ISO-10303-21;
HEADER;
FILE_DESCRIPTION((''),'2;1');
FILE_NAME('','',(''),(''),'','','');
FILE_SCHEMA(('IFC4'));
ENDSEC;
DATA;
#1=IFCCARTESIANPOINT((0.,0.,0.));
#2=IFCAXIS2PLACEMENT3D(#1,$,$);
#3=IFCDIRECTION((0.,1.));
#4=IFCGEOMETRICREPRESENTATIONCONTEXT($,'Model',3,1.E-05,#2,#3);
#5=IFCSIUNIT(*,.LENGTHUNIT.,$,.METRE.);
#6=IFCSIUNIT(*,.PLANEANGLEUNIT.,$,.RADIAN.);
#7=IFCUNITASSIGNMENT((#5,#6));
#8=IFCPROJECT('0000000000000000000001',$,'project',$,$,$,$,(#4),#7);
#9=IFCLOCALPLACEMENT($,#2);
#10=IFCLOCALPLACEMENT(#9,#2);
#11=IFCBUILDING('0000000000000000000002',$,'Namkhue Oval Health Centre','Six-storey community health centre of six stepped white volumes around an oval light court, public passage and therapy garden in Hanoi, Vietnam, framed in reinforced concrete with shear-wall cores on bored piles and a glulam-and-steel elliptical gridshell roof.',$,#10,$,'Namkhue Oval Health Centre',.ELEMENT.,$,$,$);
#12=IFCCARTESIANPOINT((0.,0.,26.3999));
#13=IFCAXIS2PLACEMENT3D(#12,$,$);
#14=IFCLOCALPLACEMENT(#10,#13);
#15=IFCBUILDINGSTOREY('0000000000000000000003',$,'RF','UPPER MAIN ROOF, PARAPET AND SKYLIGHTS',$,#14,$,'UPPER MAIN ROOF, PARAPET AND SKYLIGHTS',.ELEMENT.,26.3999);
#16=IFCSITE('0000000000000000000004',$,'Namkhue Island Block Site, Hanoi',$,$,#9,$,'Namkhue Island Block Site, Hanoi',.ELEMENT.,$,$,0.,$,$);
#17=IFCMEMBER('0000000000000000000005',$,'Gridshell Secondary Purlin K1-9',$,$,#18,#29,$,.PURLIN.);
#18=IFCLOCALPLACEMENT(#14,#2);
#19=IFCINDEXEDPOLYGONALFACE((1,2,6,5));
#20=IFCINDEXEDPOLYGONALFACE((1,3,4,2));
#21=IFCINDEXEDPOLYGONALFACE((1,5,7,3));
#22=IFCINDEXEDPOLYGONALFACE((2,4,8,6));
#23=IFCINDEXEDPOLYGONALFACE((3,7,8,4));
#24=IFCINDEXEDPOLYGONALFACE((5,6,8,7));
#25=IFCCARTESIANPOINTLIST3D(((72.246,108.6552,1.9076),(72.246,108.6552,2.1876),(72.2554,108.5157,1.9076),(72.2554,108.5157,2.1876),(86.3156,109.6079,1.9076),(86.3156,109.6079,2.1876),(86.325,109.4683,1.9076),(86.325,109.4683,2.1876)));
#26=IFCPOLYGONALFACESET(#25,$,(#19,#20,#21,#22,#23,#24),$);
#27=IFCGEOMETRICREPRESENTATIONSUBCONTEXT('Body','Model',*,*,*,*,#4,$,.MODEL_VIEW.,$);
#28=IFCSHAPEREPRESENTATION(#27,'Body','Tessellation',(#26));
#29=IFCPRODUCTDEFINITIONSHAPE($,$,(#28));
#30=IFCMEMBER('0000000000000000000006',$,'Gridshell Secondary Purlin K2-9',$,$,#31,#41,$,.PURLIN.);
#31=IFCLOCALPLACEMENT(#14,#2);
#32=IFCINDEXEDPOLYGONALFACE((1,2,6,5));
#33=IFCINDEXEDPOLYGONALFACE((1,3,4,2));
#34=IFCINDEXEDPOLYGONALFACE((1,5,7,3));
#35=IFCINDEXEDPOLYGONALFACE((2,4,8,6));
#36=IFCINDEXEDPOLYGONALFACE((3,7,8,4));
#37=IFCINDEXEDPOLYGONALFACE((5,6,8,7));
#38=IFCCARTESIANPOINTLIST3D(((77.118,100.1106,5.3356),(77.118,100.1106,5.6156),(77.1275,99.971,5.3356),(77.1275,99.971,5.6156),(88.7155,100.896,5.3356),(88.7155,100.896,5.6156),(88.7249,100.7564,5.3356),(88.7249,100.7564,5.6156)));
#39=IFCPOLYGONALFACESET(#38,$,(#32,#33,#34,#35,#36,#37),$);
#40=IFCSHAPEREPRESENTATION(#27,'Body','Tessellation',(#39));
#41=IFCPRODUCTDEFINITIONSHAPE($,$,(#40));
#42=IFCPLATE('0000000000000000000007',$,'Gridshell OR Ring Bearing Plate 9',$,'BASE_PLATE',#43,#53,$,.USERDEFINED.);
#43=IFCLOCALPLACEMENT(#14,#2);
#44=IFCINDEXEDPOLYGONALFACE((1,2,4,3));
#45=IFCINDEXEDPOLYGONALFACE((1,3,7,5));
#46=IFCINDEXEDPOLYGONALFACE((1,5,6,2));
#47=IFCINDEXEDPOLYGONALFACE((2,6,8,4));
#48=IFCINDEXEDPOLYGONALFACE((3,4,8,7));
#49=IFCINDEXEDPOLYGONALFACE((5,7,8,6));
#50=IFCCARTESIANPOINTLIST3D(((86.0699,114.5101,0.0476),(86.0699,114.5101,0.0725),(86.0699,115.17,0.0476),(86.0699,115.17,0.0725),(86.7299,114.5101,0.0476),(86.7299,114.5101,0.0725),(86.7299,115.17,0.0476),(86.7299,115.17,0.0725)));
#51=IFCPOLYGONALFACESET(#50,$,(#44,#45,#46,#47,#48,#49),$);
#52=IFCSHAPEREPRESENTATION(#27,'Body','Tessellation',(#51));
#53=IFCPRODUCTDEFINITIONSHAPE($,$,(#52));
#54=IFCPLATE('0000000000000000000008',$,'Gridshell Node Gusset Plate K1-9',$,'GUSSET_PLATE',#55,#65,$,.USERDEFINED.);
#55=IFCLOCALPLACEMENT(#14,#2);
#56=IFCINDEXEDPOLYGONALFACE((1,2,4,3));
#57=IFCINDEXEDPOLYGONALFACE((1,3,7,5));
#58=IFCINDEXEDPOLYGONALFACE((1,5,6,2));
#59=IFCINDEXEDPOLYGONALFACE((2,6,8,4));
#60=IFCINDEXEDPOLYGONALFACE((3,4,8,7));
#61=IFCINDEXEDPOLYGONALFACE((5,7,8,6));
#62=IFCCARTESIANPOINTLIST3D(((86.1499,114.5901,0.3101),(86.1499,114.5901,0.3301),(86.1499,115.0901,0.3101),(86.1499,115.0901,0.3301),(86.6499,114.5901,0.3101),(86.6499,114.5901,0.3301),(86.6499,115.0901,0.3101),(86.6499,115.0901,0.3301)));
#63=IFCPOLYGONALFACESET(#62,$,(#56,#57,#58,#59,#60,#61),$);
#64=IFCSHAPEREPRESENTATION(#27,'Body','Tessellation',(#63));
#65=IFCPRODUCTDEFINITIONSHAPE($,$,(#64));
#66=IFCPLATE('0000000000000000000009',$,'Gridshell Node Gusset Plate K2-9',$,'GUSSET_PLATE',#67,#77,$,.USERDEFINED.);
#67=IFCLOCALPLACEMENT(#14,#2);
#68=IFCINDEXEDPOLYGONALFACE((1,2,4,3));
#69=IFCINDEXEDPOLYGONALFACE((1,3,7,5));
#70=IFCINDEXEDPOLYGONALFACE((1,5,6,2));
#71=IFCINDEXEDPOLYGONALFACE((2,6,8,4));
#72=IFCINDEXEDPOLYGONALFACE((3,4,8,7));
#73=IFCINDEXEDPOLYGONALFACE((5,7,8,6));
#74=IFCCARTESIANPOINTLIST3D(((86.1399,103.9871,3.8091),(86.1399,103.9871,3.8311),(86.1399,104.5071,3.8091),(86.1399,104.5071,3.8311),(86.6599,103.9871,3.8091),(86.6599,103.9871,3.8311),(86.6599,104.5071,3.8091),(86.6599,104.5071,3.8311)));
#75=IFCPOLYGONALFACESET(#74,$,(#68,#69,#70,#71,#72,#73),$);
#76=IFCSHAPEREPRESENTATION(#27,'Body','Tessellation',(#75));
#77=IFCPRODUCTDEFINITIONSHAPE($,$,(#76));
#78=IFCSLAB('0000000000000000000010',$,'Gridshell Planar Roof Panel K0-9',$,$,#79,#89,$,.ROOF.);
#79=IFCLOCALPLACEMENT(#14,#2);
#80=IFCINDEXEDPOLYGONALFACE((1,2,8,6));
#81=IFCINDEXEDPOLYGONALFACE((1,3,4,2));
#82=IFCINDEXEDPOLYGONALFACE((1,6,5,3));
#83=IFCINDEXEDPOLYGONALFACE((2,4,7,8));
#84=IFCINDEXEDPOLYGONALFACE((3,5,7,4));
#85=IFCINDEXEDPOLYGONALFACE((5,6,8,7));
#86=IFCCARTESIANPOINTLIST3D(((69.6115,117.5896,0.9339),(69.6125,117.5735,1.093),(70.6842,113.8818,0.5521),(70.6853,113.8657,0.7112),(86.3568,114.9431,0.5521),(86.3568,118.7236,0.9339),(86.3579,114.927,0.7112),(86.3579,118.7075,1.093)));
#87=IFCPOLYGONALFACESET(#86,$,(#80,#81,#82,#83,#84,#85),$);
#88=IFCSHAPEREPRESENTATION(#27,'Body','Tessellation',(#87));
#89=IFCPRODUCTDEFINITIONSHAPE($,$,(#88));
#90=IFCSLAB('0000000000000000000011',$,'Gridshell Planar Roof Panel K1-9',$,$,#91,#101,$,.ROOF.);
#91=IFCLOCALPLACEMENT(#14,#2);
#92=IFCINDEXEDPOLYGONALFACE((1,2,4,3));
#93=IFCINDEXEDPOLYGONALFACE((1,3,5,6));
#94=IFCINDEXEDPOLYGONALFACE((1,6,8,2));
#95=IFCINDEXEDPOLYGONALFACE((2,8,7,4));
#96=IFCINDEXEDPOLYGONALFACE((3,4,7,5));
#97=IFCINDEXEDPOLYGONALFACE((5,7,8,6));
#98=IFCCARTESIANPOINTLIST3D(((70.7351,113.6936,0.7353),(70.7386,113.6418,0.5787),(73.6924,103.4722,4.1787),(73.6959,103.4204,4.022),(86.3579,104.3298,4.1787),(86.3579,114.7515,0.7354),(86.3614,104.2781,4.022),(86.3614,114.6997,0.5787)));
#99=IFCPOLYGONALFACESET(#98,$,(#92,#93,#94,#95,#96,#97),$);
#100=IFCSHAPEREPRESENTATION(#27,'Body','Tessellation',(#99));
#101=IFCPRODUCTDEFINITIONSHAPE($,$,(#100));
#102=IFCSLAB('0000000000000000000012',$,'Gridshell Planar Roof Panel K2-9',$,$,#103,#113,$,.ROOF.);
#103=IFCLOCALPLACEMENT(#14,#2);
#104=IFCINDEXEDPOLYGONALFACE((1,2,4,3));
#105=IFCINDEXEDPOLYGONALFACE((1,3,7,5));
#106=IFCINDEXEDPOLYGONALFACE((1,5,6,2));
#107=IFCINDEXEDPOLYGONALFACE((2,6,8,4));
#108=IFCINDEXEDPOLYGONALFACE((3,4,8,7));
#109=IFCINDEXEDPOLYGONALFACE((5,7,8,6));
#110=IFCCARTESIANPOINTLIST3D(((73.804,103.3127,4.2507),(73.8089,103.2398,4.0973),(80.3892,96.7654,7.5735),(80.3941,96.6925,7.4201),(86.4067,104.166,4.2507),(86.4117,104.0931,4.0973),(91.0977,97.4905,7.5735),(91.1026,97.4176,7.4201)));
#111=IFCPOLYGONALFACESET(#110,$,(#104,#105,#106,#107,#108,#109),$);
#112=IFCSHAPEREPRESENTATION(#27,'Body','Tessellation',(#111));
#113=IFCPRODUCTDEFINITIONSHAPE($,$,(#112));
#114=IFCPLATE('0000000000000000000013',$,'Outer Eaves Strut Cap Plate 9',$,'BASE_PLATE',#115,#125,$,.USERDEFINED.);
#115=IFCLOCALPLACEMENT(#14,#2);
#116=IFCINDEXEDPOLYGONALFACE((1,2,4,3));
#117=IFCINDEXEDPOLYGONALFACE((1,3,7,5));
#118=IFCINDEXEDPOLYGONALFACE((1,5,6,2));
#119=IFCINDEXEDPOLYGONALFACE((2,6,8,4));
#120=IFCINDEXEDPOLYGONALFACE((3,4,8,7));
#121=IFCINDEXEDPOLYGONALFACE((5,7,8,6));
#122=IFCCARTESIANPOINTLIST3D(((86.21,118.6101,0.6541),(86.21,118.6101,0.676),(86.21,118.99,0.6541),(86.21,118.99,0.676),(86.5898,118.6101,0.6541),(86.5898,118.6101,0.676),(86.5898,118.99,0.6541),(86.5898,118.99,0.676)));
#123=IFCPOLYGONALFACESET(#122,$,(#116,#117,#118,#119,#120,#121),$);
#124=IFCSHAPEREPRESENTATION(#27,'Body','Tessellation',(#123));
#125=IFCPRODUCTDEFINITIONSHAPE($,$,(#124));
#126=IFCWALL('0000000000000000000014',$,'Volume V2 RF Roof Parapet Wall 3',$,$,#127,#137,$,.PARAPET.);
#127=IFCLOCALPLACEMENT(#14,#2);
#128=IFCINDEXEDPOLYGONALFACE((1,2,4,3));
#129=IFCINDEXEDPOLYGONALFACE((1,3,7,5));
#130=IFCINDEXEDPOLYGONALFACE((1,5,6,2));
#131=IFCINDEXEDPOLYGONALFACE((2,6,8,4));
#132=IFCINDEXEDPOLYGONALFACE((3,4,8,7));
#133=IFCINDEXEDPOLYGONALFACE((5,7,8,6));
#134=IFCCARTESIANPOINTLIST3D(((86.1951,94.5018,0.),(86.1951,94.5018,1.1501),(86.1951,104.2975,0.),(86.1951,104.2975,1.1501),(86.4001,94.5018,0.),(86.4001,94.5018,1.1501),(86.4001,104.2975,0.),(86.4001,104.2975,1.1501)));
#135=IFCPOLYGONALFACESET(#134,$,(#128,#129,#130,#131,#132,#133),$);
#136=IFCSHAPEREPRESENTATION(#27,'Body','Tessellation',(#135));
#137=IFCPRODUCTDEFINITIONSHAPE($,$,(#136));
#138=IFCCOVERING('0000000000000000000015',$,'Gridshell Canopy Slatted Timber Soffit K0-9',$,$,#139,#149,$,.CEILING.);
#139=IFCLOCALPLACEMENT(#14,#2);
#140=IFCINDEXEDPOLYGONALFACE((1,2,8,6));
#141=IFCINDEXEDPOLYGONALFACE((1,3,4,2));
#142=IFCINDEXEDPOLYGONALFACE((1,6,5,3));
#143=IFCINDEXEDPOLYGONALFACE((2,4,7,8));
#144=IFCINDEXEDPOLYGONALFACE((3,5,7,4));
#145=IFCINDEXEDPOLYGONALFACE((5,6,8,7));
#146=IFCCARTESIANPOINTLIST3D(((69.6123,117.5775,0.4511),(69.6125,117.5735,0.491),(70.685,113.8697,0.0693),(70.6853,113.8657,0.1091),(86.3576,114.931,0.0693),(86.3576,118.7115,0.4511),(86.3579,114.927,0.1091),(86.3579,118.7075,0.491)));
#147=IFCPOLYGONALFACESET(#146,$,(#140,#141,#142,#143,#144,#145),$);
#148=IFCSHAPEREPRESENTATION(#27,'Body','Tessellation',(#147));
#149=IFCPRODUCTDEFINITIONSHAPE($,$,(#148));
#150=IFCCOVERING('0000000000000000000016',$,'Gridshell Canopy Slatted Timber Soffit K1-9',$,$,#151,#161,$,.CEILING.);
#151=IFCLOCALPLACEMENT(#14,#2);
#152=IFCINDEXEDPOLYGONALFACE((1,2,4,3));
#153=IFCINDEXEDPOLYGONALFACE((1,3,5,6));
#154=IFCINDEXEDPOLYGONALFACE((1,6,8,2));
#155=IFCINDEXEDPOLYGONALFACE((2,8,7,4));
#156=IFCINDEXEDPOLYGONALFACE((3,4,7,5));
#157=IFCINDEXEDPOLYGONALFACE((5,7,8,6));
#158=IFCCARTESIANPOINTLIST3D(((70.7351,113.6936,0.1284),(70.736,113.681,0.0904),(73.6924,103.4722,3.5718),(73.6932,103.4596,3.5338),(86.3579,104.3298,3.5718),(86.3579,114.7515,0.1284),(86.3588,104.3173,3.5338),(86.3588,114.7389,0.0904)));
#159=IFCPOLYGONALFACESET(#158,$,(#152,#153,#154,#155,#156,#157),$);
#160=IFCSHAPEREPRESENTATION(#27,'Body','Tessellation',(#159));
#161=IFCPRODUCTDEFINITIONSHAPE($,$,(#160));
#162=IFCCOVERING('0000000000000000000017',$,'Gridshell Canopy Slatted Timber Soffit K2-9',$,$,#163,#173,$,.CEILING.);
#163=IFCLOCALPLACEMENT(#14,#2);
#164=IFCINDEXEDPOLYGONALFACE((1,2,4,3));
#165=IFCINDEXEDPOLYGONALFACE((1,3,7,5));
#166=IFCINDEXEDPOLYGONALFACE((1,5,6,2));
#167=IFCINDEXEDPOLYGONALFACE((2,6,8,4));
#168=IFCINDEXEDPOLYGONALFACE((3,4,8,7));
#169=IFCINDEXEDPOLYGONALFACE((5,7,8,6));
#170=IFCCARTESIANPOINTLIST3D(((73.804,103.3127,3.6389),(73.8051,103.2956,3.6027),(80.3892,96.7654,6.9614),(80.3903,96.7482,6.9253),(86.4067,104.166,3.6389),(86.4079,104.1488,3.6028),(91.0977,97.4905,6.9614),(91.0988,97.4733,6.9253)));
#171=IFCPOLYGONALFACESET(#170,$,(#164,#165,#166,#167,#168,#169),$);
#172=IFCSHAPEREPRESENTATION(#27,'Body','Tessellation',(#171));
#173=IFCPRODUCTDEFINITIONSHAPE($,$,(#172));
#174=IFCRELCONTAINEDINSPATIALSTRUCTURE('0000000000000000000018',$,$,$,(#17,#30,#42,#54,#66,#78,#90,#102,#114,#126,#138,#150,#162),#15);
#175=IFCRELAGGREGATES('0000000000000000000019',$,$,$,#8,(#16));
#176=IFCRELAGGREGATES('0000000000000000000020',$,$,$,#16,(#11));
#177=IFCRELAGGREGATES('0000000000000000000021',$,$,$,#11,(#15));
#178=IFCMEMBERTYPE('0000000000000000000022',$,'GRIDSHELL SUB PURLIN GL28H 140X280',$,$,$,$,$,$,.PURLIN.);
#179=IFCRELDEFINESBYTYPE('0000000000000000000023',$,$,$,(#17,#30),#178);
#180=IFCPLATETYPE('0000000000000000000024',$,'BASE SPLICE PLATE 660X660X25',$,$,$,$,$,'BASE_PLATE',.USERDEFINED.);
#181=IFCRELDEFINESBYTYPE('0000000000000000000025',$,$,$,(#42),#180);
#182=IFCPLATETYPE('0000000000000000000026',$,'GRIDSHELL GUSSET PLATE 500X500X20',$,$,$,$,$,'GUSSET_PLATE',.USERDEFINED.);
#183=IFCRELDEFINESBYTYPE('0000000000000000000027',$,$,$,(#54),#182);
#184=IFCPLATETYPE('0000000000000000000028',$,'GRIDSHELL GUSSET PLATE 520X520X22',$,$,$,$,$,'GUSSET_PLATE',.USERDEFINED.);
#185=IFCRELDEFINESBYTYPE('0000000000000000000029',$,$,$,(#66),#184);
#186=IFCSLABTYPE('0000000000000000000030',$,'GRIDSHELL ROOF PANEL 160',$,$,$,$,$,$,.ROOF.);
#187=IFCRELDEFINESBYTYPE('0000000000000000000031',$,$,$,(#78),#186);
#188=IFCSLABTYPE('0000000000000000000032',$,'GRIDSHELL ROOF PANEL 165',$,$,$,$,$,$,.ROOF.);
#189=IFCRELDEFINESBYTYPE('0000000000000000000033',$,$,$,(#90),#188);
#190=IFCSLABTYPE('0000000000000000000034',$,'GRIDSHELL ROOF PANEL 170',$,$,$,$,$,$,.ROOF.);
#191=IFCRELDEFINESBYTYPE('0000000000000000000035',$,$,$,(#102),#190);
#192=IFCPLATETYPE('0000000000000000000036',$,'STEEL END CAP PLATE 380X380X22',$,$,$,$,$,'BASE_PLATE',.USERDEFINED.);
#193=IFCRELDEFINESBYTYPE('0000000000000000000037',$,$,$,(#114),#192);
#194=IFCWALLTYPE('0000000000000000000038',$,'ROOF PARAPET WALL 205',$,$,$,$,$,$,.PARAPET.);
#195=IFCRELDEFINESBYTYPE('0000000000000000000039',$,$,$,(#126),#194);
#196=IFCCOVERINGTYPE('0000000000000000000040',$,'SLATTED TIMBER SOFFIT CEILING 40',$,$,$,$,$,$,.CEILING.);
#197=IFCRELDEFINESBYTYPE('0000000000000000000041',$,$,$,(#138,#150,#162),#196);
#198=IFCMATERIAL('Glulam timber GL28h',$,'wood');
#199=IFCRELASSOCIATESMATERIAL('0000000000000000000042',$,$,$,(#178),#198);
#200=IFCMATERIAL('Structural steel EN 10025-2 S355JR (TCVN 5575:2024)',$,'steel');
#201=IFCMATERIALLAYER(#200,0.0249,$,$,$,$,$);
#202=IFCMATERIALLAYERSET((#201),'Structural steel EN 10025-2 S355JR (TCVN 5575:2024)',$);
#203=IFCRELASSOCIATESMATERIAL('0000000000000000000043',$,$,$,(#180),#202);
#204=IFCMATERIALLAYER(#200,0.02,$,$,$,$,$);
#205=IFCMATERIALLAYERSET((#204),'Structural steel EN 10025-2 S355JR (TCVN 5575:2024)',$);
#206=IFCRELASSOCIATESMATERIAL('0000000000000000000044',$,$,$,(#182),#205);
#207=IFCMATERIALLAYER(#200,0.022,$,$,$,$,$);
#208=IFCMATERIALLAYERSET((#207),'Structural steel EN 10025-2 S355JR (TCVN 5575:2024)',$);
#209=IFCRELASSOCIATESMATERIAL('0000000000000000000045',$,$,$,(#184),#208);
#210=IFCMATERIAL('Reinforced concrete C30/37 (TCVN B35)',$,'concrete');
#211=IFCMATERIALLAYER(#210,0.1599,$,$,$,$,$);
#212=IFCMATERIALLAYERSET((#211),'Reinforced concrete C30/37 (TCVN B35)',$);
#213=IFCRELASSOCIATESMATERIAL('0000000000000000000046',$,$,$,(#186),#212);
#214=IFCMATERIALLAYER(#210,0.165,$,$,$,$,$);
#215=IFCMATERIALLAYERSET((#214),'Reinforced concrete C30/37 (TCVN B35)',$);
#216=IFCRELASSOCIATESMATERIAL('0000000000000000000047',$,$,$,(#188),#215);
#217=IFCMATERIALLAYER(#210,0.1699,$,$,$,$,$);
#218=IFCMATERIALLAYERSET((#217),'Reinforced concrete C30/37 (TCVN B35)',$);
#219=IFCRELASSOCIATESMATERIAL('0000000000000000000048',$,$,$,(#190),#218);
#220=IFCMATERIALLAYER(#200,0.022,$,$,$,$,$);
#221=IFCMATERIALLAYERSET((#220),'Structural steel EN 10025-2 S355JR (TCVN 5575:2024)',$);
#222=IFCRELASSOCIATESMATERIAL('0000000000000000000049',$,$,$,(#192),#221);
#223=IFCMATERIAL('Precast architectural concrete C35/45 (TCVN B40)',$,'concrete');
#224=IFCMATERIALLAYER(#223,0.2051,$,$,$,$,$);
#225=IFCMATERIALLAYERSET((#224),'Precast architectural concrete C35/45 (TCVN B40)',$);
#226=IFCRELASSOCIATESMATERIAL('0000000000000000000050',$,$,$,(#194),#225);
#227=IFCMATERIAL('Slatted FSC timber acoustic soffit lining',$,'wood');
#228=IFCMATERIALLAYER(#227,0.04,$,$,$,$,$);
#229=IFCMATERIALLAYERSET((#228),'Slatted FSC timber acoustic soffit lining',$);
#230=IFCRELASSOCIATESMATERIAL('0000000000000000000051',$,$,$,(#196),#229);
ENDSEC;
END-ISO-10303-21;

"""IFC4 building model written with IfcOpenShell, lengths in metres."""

from ifc_helpers import new_model, si_unit, direction, frame, frame_2d, origin, origin_2d, place, context, subcontext, project, spatial, polyline, rectangle, outline, extrude, material, layer, layer_set, material_profile, profile_set, type_object, element, save


model = new_model("IFC4")

# Units and contexts
model_context = context("Model", 3, precision=1e-05, world=origin(), true_north=direction((0.0, 1.0)))
body_context = subcontext(model_context, "Body", "Model", "MODEL_VIEW")
ifc_project = project(units=[si_unit("LENGTHUNIT", "METRE"), si_unit("PLANEANGLEUNIT", "RADIAN")], contexts=[model_context])

# Site, building, storey
site_placement = place(None, origin())
site = spatial("IfcSite", under=ifc_project, at=site_placement, Name="Namkhue Island Block Site, Hanoi", LongName="Namkhue Island Block Site, Hanoi", CompositionType="ELEMENT", RefElevation=0.0)
building_placement = place(site_placement, origin())
building = spatial("IfcBuilding", under=site, at=building_placement, Name="Namkhue Oval Health Centre", Description="Six-storey community health centre of six stepped white volumes around an oval light court, public passage and therapy garden in Hanoi, Vietnam, framed in reinforced concrete with shear-wall cores on bored piles and a glulam-and-steel elliptical gridshell roof.", LongName="Namkhue Oval Health Centre", CompositionType="ELEMENT")
storey_placement = place(building_placement, frame((0.0, 0.0, 26.3999)))
storey = spatial("IfcBuildingStorey", under=building, at=storey_placement, Name="RF", Description="UPPER MAIN ROOF, PARAPET AND SKYLIGHTS", LongName="UPPER MAIN ROOF, PARAPET AND SKYLIGHTS", CompositionType="ELEMENT", Elevation=26.3999)

# Shared definitions
ifc_material_1 = material(Name="Precast architectural concrete C35/45 (TCVN B40)", Category="concrete")

# Members
ifc_material_2 = material(Name="Structural steel EN 10025-2 S355JR (TCVN 5575:2024)", Category="steel")
ifc_material_3 = material(Name="Glulam timber GL28h", Category="wood")
ifc_material_profile_1 = material_profile(ifc_material_3, rectangle(XDim=0.1399, YDim=0.28, at=origin_2d()), Name="GL28h 140x280")
ifc_profile_set_1 = profile_set([ifc_material_profile_1], Name="Glulam timber GL28h")
member_type_1 = type_object("IfcMemberType", Name="GRIDSHELL SUB PURLIN GL28H 140X280", PredefinedType="PURLIN", material=ifc_profile_set_1)
member_1_placement = place(storey_placement, frame((86.3203, 109.5381, 2.0476), z_axis=(-0.997716, -0.067554, 0.0), x_axis=(0.067554, -0.997716, 0.0)))
element("IfcMember", 1, at=member_1_placement, inside=storey, type_object=member_type_1, Name="Gridshell Secondary Purlin K1-9", PredefinedType="PURLIN", context=body_context, shape_type="SweptSolid", body=[
    extrude(rectangle(XDim=0.1399, YDim=0.28, at=origin_2d()), origin(), (0.0, 0.0, 1.0), 14.1018),
])
member_2_placement = place(storey_placement, frame((88.7202, 100.8262, 5.4756), z_axis=(-0.997715, -0.067567, 0.0), x_axis=(0.067567, -0.997715, 0.0)))
element("IfcMember", 2, at=member_2_placement, inside=storey, type_object=member_type_1, Name="Gridshell Secondary Purlin K2-9", PredefinedType="PURLIN", context=body_context, shape_type="SweptSolid", body=[
    extrude(rectangle(XDim=0.1399, YDim=0.28, at=origin_2d()), origin(), (0.0, 0.0, 1.0), 11.624),
])

# Plates
ifc_layer_1 = layer(ifc_material_2, 0.0249)
ifc_layer_set_1 = layer_set([ifc_layer_1], Name="Structural steel EN 10025-2 S355JR (TCVN 5575:2024)")
plate_type_1 = type_object("IfcPlateType", Name="BASE SPLICE PLATE 660X660X25", ElementType="BASE_PLATE", PredefinedType="USERDEFINED", material=ifc_layer_set_1)
plate_1_placement = place(storey_placement, frame((86.3999, 114.8401, 0.0476), z_axis=(0.0, 0.0, 1.0), x_axis=(1.0, 0.0, 0.0)))
element("IfcPlate", 3, at=plate_1_placement, inside=storey, type_object=plate_type_1, Name="Gridshell OR Ring Bearing Plate 9", ObjectType="BASE_PLATE", PredefinedType="USERDEFINED", context=body_context, shape_type="SweptSolid", body=[
    extrude(rectangle(XDim=0.6599, YDim=0.6599, at=origin_2d()), origin(), (0.0, 0.0, 1.0), 0.0249),
])
ifc_layer_2 = layer(ifc_material_2, 0.02)
ifc_layer_set_2 = layer_set([ifc_layer_2], Name="Structural steel EN 10025-2 S355JR (TCVN 5575:2024)")
plate_type_2 = type_object("IfcPlateType", Name="GRIDSHELL GUSSET PLATE 500X500X20", ElementType="GUSSET_PLATE", PredefinedType="USERDEFINED", material=ifc_layer_set_2)
plate_2_placement = place(storey_placement, frame((86.3999, 114.8401, 0.3101), z_axis=(0.0, 0.0, 1.0), x_axis=(0.0, 1.0, 0.0)))
element("IfcPlate", 4, at=plate_2_placement, inside=storey, type_object=plate_type_2, Name="Gridshell Node Gusset Plate K1-9", ObjectType="GUSSET_PLATE", PredefinedType="USERDEFINED", context=body_context, shape_type="SweptSolid", body=[
    extrude(rectangle(XDim=0.5, YDim=0.5, at=origin_2d()), origin(), (0.0, 0.0, 1.0), 0.02),
])
ifc_layer_3 = layer(ifc_material_2, 0.022)
ifc_layer_set_3 = layer_set([ifc_layer_3], Name="Structural steel EN 10025-2 S355JR (TCVN 5575:2024)")
plate_type_3 = type_object("IfcPlateType", Name="GRIDSHELL GUSSET PLATE 520X520X22", ElementType="GUSSET_PLATE", PredefinedType="USERDEFINED", material=ifc_layer_set_3)
plate_3_placement = place(storey_placement, frame((86.3999, 104.2471, 3.8091), z_axis=(0.0, 0.0, 1.0), x_axis=(0.0, 1.0, 0.0)))
element("IfcPlate", 5, at=plate_3_placement, inside=storey, type_object=plate_type_3, Name="Gridshell Node Gusset Plate K2-9", ObjectType="GUSSET_PLATE", PredefinedType="USERDEFINED", context=body_context, shape_type="SweptSolid", body=[
    extrude(rectangle(XDim=0.52, YDim=0.52, at=origin_2d()), origin(), (0.0, 0.0, 1.0), 0.022),
])

# Slabs
ifc_material_4 = material(Name="Reinforced concrete C30/37 (TCVN B35)", Category="concrete")
ifc_layer_4 = layer(ifc_material_4, 0.1599)
ifc_layer_set_4 = layer_set([ifc_layer_4], Name="Reinforced concrete C30/37 (TCVN B35)")
slab_type_1 = type_object("IfcSlabType", Name="GRIDSHELL ROOF PANEL 160", PredefinedType="ROOF", material=ifc_layer_set_4)
slab_1_placement = place(storey_placement, frame((86.3579, 118.7075, 1.093), z_axis=(0.006805, -0.100489, 0.994915), x_axis=(-0.997715, -0.067567, 0.0)))
element("IfcSlab", 6, at=slab_1_placement, inside=storey, type_object=slab_type_1, Name="Gridshell Planar Roof Panel K0-9", PredefinedType="ROOF", context=body_context, shape_type="SweptSolid", body=[
    extrude(outline(polyline([(0.0, 0.0), (16.7837, 0.0), (15.9639, 3.7911), (0.2554, 3.7912), (0.0, 0.0)])), origin(), (0.0, 0.0, -1.0), 0.1599),
])
ifc_layer_5 = layer(ifc_material_4, 0.165)
ifc_layer_set_5 = layer_set([ifc_layer_5], Name="Reinforced concrete C30/37 (TCVN B35)")
slab_type_2 = type_object("IfcSlabType", Name="GRIDSHELL ROOF PANEL 165", PredefinedType="ROOF", material=ifc_layer_set_5)
slab_2_placement = place(storey_placement, frame((86.3579, 114.7515, 0.7354), z_axis=(-0.021239, 0.313653, 0.9493), x_axis=(-0.997715, -0.067558, -0.000001)))
element("IfcSlab", 7, at=slab_2_placement, inside=storey, type_object=slab_type_2, Name="Gridshell Planar Roof Panel K1-9", PredefinedType="ROOF", context=body_context, shape_type="SweptSolid", body=[
    extrude(outline(polyline([(0.0, 0.0), (15.6586, 0.0), (13.3986, 10.9532), (0.7041, 10.9531), (0.0, 0.0)])), origin(), (0.0, 0.0, -1.0), 0.165),
])
ifc_layer_6 = layer(ifc_material_4, 0.1699)
ifc_layer_set_6 = layer_set([ifc_layer_6], Name="Reinforced concrete C30/37 (TCVN B35)")
slab_type_3 = type_object("IfcSlabType", Name="GRIDSHELL ROOF PANEL 170", PredefinedType="ROOF", material=ifc_layer_set_6)
slab_3_placement = place(storey_placement, frame((86.4067, 104.166, 4.2507), z_axis=(-0.029046, 0.42898, 0.902847), x_axis=(-0.997716, -0.067551, -0.000001)))
element("IfcSlab", 8, at=slab_3_placement, inside=storey, type_object=slab_type_3, Name="Gridshell Planar Roof Panel K2-9", PredefinedType="ROOF", context=body_context, shape_type="SweptSolid", body=[
    extrude(outline(polyline([(0.0, 0.0), (12.6316, 0.0), (6.5037, 7.728), (-4.2293, 7.728), (0.0, 0.0)])), origin(), (0.0, 0.0, -1.0), 0.1699),
])

# Plate
ifc_layer_7 = layer(ifc_material_2, 0.022)
ifc_layer_set_7 = layer_set([ifc_layer_7], Name="Structural steel EN 10025-2 S355JR (TCVN 5575:2024)")
plate_type_4 = type_object("IfcPlateType", Name="STEEL END CAP PLATE 380X380X22", ElementType="BASE_PLATE", PredefinedType="USERDEFINED", material=ifc_layer_set_7)
plate_4_placement = place(storey_placement, frame((86.3999, 118.8, 0.6541), z_axis=(0.0, 0.0, 1.0), x_axis=(1.0, 0.0, 0.0)))
element("IfcPlate", 9, at=plate_4_placement, inside=storey, type_object=plate_type_4, Name="Outer Eaves Strut Cap Plate 9", ObjectType="BASE_PLATE", PredefinedType="USERDEFINED", context=body_context, shape_type="SweptSolid", body=[
    extrude(rectangle(XDim=0.3799, YDim=0.3799, at=origin_2d()), origin(), (0.0, 0.0, 1.0), 0.022),
])

# Wall
ifc_layer_8 = layer(ifc_material_1, 0.2051)
ifc_layer_set_8 = layer_set([ifc_layer_8], Name="Precast architectural concrete C35/45 (TCVN B40)")
wall_type = type_object("IfcWallType", Name="ROOF PARAPET WALL 205", PredefinedType="PARAPET", material=ifc_layer_set_8)
wall_placement = place(storey_placement, frame((86.2976, 104.2976, 0.0), z_axis=(0.0, 0.0, 1.0), x_axis=(0.0, -1.0, 0.0)))
element("IfcWall", 10, at=wall_placement, inside=storey, type_object=wall_type, Name="Volume V2 RF Roof Parapet Wall 3", PredefinedType="PARAPET", context=body_context, shape_type="SweptSolid", body=[
    extrude(rectangle(XDim=9.7957, YDim=0.2051, at=frame_2d((4.8979, 0.0))), origin(), (0.0, 0.0, 1.0), 1.1501),
])

# Coverings
ifc_material_5 = material(Name="Slatted FSC timber acoustic soffit lining", Category="wood")
ifc_layer_9 = layer(ifc_material_5, 0.04)
ifc_layer_set_9 = layer_set([ifc_layer_9], Name="Slatted FSC timber acoustic soffit lining")
covering_type_1 = type_object("IfcCoveringType", Name="SLATTED TIMBER SOFFIT CEILING 40", PredefinedType="CEILING", material=ifc_layer_set_9)
covering_1_placement = place(storey_placement, frame((86.3579, 118.7075, 0.491), z_axis=(0.006805, -0.100489, 0.994915), x_axis=(-0.997715, -0.067567, 0.0)))
element("IfcCovering", 11, at=covering_1_placement, inside=storey, type_object=covering_type_1, Name="Gridshell Canopy Slatted Timber Soffit K0-9", PredefinedType="CEILING", context=body_context, shape_type="SweptSolid", body=[
    extrude(outline(polyline([(0.0, 0.0), (16.7837, 0.0), (15.9639, 3.7911), (0.2554, 3.7912), (0.0, 0.0)])), origin(), (0.0, 0.0, -1.0), 0.04),
])
covering_2_placement = place(storey_placement, frame((86.3579, 114.7515, 0.1284), z_axis=(-0.021239, 0.313653, 0.9493), x_axis=(-0.997715, -0.067558, -0.000001)))
element("IfcCovering", 12, at=covering_2_placement, inside=storey, type_object=covering_type_1, Name="Gridshell Canopy Slatted Timber Soffit K1-9", PredefinedType="CEILING", context=body_context, shape_type="SweptSolid", body=[
    extrude(outline(polyline([(0.0, 0.0), (15.6586, 0.0), (13.3986, 10.9532), (0.7041, 10.9531), (0.0, 0.0)])), origin(), (0.0, 0.0, -1.0), 0.04),
])
covering_3_placement = place(storey_placement, frame((86.4067, 104.166, 3.6389), z_axis=(-0.029044, 0.428954, 0.902859), x_axis=(-0.997716, -0.067551, -0.000001)))
element("IfcCovering", 13, at=covering_3_placement, inside=storey, type_object=covering_type_1, Name="Gridshell Canopy Slatted Timber Soffit K2-9", PredefinedType="CEILING", context=body_context, shape_type="SweptSolid", body=[
    extrude(outline(polyline([(0.0, 0.0), (12.6316, 0.0), (6.5037, 7.7279), (-4.2293, 7.7279), (0.0, 0.0)])), origin(), (0.0, 0.0, -1.0), 0.04),
])

save(model, "model.ifc")
